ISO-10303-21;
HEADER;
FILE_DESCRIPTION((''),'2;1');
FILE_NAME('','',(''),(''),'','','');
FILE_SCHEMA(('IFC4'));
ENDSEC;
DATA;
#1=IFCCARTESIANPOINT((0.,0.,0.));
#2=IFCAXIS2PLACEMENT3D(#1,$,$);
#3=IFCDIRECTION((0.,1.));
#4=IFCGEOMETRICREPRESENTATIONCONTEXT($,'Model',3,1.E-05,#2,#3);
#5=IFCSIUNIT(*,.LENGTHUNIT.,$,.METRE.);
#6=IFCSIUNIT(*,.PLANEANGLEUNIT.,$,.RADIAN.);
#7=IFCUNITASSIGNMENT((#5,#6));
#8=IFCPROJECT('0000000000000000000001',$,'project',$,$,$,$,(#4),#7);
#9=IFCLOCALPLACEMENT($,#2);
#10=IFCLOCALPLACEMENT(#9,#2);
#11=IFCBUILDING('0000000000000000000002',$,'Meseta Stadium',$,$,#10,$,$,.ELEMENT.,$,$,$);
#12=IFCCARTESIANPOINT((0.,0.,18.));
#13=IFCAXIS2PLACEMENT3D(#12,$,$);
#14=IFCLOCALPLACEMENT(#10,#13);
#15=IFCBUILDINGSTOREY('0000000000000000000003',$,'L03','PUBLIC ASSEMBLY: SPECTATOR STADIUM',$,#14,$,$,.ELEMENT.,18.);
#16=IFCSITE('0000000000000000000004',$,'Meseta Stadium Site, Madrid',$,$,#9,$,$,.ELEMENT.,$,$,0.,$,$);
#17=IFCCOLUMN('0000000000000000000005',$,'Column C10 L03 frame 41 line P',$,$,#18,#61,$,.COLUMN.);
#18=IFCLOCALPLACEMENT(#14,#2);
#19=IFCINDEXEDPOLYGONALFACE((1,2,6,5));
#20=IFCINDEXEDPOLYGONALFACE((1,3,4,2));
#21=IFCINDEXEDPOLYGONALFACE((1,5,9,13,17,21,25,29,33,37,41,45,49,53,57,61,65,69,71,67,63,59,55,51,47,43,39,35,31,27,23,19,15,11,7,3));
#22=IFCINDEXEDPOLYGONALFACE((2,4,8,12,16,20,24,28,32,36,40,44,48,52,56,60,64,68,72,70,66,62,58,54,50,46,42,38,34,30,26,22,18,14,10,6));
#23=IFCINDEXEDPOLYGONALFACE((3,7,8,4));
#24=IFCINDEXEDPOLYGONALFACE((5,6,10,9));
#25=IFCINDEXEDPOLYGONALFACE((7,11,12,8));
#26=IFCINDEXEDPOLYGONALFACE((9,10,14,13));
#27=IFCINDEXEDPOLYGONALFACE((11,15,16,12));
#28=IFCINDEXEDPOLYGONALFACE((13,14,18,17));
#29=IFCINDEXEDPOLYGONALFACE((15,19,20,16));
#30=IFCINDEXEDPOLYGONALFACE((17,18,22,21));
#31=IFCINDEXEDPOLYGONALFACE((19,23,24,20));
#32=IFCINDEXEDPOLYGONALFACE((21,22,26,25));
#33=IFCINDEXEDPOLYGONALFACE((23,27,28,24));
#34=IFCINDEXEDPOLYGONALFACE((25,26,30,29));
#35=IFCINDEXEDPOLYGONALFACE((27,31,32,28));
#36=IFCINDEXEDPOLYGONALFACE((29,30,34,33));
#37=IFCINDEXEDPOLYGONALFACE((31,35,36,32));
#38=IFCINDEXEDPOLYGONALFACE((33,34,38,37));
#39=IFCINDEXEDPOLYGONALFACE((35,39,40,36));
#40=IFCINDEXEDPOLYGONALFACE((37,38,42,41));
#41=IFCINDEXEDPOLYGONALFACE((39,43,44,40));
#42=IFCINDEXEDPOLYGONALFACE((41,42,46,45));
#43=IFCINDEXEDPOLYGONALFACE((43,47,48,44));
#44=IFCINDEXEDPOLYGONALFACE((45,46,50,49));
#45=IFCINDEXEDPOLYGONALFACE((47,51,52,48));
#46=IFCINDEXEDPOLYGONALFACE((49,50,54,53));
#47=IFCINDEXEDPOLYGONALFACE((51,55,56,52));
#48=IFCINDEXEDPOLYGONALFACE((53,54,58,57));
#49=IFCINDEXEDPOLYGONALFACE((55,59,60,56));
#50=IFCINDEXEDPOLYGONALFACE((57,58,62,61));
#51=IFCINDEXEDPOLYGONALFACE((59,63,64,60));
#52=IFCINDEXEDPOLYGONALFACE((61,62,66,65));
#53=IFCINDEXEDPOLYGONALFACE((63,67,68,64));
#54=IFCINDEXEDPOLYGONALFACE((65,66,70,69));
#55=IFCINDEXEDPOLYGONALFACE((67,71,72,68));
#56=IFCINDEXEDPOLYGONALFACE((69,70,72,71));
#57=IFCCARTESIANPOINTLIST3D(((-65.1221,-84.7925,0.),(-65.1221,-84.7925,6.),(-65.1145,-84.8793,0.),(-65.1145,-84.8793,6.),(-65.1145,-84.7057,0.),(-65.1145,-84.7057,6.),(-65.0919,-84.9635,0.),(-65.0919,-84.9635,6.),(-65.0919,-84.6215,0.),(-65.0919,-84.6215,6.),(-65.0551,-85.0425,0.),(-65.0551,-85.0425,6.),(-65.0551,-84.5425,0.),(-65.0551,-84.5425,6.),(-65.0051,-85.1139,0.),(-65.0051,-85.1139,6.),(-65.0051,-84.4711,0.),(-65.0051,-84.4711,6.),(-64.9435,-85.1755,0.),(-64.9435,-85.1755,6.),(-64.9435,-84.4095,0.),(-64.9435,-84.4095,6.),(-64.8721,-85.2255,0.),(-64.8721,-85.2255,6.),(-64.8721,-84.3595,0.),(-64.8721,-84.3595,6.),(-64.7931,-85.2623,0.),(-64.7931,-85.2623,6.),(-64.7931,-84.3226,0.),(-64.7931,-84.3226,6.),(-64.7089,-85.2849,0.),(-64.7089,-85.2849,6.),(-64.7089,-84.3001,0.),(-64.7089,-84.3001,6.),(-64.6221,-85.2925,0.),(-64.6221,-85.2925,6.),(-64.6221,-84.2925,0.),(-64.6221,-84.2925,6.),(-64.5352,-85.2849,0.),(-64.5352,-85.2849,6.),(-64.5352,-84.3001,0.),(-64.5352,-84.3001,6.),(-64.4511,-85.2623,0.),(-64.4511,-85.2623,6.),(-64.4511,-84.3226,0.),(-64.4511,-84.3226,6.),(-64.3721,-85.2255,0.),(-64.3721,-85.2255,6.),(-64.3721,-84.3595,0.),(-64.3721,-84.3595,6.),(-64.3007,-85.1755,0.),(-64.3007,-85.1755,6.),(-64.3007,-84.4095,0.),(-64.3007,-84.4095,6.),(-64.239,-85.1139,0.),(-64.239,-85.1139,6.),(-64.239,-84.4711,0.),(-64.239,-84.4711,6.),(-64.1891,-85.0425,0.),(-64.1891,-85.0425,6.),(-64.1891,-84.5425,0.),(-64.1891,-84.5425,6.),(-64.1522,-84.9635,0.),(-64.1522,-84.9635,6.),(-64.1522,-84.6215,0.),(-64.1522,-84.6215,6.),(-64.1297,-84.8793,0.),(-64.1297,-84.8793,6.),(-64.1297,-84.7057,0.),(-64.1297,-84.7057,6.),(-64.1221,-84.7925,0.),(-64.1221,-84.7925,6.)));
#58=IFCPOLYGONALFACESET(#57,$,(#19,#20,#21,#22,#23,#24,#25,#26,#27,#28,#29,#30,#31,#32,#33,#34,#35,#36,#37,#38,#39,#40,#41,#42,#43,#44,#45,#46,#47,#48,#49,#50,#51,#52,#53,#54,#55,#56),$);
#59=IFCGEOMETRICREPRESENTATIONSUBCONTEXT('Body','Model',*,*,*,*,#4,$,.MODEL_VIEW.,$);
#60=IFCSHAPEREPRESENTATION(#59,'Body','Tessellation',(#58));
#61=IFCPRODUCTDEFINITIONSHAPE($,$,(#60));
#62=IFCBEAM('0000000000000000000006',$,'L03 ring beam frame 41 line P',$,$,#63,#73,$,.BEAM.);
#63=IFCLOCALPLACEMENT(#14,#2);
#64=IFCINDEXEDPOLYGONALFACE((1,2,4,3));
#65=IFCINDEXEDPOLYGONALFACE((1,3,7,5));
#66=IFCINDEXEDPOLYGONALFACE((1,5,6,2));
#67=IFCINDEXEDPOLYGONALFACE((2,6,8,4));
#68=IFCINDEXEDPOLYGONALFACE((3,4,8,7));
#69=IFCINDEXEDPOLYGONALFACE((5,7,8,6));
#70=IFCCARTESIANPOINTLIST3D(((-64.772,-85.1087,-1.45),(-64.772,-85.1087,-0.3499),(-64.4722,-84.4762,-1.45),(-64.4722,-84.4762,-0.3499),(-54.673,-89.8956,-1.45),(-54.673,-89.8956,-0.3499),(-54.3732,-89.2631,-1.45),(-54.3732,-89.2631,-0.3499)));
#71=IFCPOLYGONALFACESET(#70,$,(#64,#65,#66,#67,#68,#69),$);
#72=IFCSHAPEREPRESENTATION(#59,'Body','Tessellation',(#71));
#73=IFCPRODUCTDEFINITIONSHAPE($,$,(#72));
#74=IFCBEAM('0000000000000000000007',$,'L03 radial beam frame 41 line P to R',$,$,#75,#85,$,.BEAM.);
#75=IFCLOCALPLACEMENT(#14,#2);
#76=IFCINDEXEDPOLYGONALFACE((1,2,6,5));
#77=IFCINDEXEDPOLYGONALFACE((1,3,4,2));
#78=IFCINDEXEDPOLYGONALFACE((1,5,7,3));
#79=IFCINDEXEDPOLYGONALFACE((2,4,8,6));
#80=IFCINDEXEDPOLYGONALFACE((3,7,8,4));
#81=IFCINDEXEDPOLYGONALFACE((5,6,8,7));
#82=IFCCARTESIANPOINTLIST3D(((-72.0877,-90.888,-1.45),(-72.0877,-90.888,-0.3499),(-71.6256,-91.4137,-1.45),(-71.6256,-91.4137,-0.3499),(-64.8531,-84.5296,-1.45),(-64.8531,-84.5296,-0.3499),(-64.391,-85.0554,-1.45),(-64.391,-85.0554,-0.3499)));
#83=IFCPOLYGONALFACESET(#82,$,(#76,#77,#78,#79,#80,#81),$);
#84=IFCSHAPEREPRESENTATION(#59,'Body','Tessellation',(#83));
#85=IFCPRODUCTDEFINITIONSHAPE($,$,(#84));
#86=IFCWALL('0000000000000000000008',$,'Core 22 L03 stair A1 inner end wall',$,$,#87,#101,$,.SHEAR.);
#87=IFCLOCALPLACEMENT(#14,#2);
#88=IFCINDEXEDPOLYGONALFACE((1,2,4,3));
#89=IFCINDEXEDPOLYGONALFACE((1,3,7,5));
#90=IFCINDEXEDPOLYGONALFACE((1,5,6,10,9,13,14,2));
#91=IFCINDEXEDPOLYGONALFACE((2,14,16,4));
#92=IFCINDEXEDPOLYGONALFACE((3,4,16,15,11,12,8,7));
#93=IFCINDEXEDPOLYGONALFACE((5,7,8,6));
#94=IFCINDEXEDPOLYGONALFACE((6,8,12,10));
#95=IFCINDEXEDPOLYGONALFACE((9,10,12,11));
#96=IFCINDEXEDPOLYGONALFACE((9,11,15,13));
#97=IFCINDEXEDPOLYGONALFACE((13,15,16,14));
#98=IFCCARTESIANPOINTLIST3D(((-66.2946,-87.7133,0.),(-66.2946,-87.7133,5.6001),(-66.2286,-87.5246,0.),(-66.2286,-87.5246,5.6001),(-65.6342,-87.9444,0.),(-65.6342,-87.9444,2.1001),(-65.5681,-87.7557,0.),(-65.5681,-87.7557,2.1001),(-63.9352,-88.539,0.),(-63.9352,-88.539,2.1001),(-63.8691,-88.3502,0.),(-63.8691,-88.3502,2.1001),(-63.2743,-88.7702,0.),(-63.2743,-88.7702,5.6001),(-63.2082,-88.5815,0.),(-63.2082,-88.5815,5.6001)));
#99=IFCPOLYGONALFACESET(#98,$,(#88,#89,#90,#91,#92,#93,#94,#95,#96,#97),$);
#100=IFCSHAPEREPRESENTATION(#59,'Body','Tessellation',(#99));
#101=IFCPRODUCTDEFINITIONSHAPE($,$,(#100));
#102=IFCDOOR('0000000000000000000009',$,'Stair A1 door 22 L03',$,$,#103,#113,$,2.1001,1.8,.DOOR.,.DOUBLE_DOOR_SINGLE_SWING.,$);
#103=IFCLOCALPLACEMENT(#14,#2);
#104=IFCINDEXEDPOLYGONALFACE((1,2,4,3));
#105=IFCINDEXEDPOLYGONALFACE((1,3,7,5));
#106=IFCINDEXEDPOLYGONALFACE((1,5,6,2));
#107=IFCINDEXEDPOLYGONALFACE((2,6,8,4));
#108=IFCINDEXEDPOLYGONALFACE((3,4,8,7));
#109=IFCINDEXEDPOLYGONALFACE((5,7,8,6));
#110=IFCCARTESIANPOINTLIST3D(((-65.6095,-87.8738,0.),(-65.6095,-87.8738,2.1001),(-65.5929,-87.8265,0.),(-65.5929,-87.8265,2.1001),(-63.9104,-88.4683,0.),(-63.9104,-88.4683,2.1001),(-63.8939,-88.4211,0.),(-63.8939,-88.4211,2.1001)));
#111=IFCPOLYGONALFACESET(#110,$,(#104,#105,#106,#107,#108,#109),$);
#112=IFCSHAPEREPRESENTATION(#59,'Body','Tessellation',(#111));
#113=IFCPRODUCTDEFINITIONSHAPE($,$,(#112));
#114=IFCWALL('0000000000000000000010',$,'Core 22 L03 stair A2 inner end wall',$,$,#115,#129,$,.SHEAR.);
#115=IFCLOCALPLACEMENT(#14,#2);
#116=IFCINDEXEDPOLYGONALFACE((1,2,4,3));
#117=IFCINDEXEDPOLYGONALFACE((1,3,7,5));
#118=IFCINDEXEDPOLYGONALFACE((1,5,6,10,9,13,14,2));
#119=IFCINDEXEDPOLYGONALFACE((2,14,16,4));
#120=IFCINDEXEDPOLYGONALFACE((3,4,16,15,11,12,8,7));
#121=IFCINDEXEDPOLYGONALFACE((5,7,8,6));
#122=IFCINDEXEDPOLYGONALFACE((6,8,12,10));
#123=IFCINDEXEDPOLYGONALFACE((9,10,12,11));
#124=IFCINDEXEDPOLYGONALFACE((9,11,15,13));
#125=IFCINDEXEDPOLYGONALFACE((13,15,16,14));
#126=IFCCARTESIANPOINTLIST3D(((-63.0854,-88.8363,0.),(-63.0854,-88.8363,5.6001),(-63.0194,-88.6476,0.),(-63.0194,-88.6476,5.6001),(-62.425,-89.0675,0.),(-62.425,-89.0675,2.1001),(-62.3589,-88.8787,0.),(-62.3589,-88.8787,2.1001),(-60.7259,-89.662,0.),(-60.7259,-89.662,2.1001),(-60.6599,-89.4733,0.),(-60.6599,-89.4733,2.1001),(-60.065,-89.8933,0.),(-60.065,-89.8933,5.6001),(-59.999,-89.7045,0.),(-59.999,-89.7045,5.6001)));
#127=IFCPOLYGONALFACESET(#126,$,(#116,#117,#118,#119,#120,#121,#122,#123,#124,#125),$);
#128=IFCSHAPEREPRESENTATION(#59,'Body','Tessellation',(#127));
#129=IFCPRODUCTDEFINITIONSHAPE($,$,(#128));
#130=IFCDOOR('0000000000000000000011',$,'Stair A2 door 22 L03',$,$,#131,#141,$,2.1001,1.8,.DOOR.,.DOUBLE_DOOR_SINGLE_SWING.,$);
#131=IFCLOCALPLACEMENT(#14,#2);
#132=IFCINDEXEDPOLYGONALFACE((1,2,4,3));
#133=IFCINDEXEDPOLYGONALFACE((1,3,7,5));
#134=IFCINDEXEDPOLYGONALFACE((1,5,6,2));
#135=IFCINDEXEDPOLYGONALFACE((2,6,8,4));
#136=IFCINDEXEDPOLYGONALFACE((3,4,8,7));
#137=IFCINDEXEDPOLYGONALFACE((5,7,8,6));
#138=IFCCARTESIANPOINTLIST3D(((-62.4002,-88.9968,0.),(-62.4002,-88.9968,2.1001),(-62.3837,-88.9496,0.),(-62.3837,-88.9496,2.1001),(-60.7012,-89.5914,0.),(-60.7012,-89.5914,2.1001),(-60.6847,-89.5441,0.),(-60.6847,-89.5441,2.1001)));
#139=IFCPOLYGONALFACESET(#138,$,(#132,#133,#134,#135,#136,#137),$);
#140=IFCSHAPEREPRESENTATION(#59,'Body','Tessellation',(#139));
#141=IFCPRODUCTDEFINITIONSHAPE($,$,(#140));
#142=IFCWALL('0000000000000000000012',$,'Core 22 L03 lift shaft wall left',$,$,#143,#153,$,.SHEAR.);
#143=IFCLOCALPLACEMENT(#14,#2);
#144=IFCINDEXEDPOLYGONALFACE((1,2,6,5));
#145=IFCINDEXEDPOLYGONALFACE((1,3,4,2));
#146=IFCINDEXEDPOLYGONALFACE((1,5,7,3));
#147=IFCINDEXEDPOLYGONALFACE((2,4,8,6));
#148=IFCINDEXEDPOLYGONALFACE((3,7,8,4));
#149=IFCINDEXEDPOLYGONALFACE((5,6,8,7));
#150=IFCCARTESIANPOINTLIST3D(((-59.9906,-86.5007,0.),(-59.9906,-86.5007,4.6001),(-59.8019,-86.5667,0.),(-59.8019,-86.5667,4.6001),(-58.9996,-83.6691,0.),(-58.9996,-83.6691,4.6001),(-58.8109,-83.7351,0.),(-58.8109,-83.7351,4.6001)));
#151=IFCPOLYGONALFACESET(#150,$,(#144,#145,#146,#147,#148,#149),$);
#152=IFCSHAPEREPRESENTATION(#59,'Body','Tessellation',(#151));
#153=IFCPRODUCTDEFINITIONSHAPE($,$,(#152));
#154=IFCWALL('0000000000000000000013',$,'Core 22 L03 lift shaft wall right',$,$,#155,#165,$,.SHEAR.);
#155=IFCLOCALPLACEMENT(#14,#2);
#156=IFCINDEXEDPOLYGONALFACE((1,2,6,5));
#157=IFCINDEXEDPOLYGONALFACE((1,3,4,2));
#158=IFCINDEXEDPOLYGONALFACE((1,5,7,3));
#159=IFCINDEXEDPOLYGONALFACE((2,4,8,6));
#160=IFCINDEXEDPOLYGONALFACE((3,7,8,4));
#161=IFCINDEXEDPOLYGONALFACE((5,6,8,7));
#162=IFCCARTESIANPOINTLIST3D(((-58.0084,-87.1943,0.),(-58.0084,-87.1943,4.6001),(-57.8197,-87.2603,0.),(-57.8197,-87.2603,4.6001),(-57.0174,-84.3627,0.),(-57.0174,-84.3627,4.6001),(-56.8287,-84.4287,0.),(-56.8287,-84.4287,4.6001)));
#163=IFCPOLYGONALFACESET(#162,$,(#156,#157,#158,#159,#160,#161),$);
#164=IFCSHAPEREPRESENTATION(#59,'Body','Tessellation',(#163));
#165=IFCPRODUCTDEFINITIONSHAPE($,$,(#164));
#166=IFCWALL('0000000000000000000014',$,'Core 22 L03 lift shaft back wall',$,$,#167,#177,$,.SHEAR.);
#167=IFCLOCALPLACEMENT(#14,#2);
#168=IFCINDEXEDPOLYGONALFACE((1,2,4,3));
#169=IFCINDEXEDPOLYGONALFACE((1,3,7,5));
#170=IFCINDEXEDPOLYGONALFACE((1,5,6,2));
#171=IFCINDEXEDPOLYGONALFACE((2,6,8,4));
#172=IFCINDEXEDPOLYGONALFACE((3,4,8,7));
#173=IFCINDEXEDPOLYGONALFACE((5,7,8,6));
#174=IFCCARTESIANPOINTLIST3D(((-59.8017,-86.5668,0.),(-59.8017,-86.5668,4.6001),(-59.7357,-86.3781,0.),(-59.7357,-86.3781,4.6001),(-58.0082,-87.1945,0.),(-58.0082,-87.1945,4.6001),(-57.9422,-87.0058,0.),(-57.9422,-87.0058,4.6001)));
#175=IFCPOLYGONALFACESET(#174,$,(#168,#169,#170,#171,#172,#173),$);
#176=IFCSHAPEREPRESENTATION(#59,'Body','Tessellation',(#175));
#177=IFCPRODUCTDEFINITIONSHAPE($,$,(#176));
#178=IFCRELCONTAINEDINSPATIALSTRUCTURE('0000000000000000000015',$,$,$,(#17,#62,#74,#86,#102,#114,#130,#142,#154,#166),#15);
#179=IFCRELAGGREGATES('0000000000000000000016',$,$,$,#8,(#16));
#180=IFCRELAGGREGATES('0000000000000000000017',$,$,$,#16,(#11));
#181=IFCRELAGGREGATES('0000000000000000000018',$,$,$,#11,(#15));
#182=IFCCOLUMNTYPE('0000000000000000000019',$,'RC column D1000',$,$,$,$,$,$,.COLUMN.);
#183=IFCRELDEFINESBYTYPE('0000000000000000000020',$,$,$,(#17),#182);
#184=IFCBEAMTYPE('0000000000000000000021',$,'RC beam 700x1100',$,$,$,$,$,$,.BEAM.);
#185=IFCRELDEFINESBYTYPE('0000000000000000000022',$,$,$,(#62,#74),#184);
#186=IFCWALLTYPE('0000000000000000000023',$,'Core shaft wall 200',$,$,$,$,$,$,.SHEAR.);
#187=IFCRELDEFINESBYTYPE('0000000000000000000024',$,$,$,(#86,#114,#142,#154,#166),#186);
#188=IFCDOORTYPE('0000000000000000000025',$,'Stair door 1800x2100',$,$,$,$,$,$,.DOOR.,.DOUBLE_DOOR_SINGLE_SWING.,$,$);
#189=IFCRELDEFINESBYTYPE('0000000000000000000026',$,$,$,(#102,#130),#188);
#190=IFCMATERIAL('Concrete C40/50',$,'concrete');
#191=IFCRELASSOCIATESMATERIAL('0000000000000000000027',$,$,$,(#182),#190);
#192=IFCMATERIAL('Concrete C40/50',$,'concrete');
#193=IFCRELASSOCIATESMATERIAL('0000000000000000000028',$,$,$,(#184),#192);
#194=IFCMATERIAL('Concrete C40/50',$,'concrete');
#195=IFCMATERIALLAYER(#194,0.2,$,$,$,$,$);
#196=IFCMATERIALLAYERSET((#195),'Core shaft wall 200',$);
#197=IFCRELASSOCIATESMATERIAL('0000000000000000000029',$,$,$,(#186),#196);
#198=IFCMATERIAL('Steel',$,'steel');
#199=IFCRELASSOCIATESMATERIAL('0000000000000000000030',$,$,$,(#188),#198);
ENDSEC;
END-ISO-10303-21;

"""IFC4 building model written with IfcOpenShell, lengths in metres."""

from ifc_helpers import new_model, si_unit, direction, frame, frame_2d, origin, origin_2d, place, context, subcontext, project, spatial, rectangle, circle, extrude, material, layer, layer_set, material_profile, profile_set, type_object, element, fill, save


model = new_model("IFC4")

# Units and contexts
model_context = context("Model", 3, precision=1e-05, world=origin(), true_north=direction((0.0, 1.0)))
body_context = subcontext(model_context, "Body", "Model", "MODEL_VIEW")
ifc_project = project(units=[si_unit("LENGTHUNIT", "METRE"), si_unit("PLANEANGLEUNIT", "RADIAN")], contexts=[model_context])

# Site, building, storey
site_placement = place(None, origin())
site = spatial("IfcSite", under=ifc_project, at=site_placement, Name="Meseta Stadium Site, Madrid", CompositionType="ELEMENT", RefElevation=0.0)
building_placement = place(site_placement, origin())
building = spatial("IfcBuilding", under=site, at=building_placement, Name="Meseta Stadium", CompositionType="ELEMENT")
storey_placement = place(building_placement, frame((0.0, 0.0, 18.0)))
storey = spatial("IfcBuildingStorey", under=building, at=storey_placement, Name="L03", Description="PUBLIC ASSEMBLY: SPECTATOR STADIUM", CompositionType="ELEMENT", Elevation=18.0)

# Column
ifc_material_1 = material(Name="Concrete C40/50", Category="concrete")
ifc_material_profile_1 = material_profile(ifc_material_1, circle(Radius=0.5, at=origin_2d()), Name="RC D1000")
ifc_profile_set_1 = profile_set([ifc_material_profile_1], Name="Concrete C40/50")
column_type = type_object("IfcColumnType", Name="RC column D1000", PredefinedType="COLUMN", material=ifc_profile_set_1)
column_placement = place(storey_placement, frame((-64.6221, -84.7925, 0.0), z_axis=(0.0, 0.0, 1.0), x_axis=(1.0, 0.0, 0.0)))
element("IfcColumn", 1, at=column_placement, inside=storey, type_object=column_type, Name="Column C10 L03 frame 41 line P", PredefinedType="COLUMN", context=body_context, shape_type="SweptSolid", body=[
    extrude(circle(Radius=0.5, at=origin_2d()), origin(), (0.0, 0.0, 1.0), 6.0),
])

# Beams
ifc_material_2 = material(Name="Concrete C40/50", Category="concrete")
ifc_material_profile_2 = material_profile(ifc_material_2, rectangle(XDim=0.7, YDim=1.1001, at=origin_2d()), Name="RC 700x1100")
ifc_profile_set_2 = profile_set([ifc_material_profile_2], Name="Concrete C40/50")
beam_type = type_object("IfcBeamType", Name="RC beam 700x1100", PredefinedType="BEAM", material=ifc_profile_set_2)
beam_1_placement = place(storey_placement, frame((-64.6221, -84.7925, -0.8999), z_axis=(0.903627, -0.428319, 0.0), x_axis=(0.428319, 0.903627, 0.0)))
element("IfcBeam", 2, at=beam_1_placement, inside=storey, type_object=beam_type, Name="L03 ring beam frame 41 line P", PredefinedType="BEAM", context=body_context, shape_type="SweptSolid", body=[
    extrude(rectangle(XDim=0.7, YDim=1.1001, at=origin_2d()), origin(), (0.0, 0.0, 1.0), 11.176),
])
beam_2_placement = place(storey_placement, frame((-64.6221, -84.7925, -0.8999), z_axis=(-0.751129, -0.660156, 0.0), x_axis=(0.660156, -0.751129, 0.0)))
element("IfcBeam", 3, at=beam_2_placement, inside=storey, type_object=beam_type, Name="L03 radial beam frame 41 line P to R", PredefinedType="BEAM", context=body_context, shape_type="SweptSolid", body=[
    extrude(rectangle(XDim=0.7, YDim=1.1001, at=origin_2d()), origin(), (0.0, 0.0, 1.0), 9.6316),
])

# Walls, openings, doors
ifc_material_3 = material(Name="Concrete C40/50", Category="concrete")
ifc_layer_1 = layer(ifc_material_3, 0.2)
ifc_layer_set_1 = layer_set([ifc_layer_1], Name="Core shaft wall 200")
wall_type_1 = type_object("IfcWallType", Name="Core shaft wall 200", PredefinedType="SHEAR", material=ifc_layer_set_1)
wall_1_placement = place(storey_placement, frame((-66.2617, -87.6189, 0.0), z_axis=(0.0, 0.0, 1.0), x_axis=(0.943879, -0.330293, 0.0)))
wall_1 = element("IfcWall", 4, at=wall_1_placement, inside=storey, type_object=wall_type_1, Name="Core 22 L03 stair A1 inner end wall", PredefinedType="SHEAR", context=body_context, shape_type="SweptSolid", body=[
    extrude(rectangle(XDim=3.2, YDim=0.2, at=frame_2d((1.6001, 0.0))), origin(), (0.0, 0.0, 1.0), 5.6001),
])
opening_1_placement = place(wall_1_placement, frame((0.7, 0.0, 0.0)))
opening_1 = element("IfcOpeningElement", 5, at=opening_1_placement, cuts=wall_1, PredefinedType="OPENING", context=body_context, shape_type="SweptSolid", body=[
    extrude(rectangle(XDim=1.8, YDim=2.1001, at=frame_2d((0.8999, 1.05))), frame((0.0, 0.1099, 0.0), z_axis=(0.0, -1.0, 0.0), x_axis=(1.0, 0.0, 0.0)), (0.0, 0.0, 1.0), 0.22),
])
ifc_material_4 = material(Name="Steel", Category="steel")
door_type_1 = type_object("IfcDoorType", Name="Stair door 1800x2100", OperationType="DOUBLE_DOOR_SINGLE_SWING", PredefinedType="DOOR", material=ifc_material_4)
door_1_placement = place(opening_1_placement, origin())
door_1 = element("IfcDoor", 6, at=door_1_placement, inside=storey, type_object=door_type_1, Name="Stair A1 door 22 L03", OperationType="DOUBLE_DOOR_SINGLE_SWING", OverallHeight=2.1001, OverallWidth=1.8, PredefinedType="DOOR", context=body_context, shape_type="SweptSolid", body=[
    extrude(rectangle(XDim=1.8, YDim=2.1001, at=frame_2d((0.8999, 1.05))), frame((0.0, 0.0249, 0.0), z_axis=(0.0, -1.0, 0.0), x_axis=(1.0, 0.0, 0.0)), (0.0, 0.0, 1.0), 0.05),
])
fill(opening_1, door_1)
wall_2_placement = place(storey_placement, frame((-63.0525, -88.7419, 0.0), z_axis=(0.0, 0.0, 1.0), x_axis=(0.943879, -0.330293, 0.0)))
wall_2 = element("IfcWall", 7, at=wall_2_placement, inside=storey, type_object=wall_type_1, Name="Core 22 L03 stair A2 inner end wall", PredefinedType="SHEAR", context=body_context, shape_type="SweptSolid", body=[
    extrude(rectangle(XDim=3.2, YDim=0.2, at=frame_2d((1.6001, 0.0))), origin(), (0.0, 0.0, 1.0), 5.6001),
])
opening_2_placement = place(wall_2_placement, frame((0.7, 0.0, 0.0)))
opening_2 = element("IfcOpeningElement", 8, at=opening_2_placement, cuts=wall_2, PredefinedType="OPENING", context=body_context, shape_type="SweptSolid", body=[
    extrude(rectangle(XDim=1.8, YDim=2.1001, at=frame_2d((0.8999, 1.05))), frame((0.0, 0.1099, 0.0), z_axis=(0.0, -1.0, 0.0), x_axis=(1.0, 0.0, 0.0)), (0.0, 0.0, 1.0), 0.22),
])
door_2_placement = place(opening_2_placement, origin())
door_2 = element("IfcDoor", 9, at=door_2_placement, inside=storey, type_object=door_type_1, Name="Stair A2 door 22 L03", OperationType="DOUBLE_DOOR_SINGLE_SWING", OverallHeight=2.1001, OverallWidth=1.8, PredefinedType="DOOR", context=body_context, shape_type="SweptSolid", body=[
    extrude(rectangle(XDim=1.8, YDim=2.1001, at=frame_2d((0.8999, 1.05))), frame((0.0, 0.0249, 0.0), z_axis=(0.0, -1.0, 0.0), x_axis=(1.0, 0.0, 0.0)), (0.0, 0.0, 1.0), 0.05),
])
fill(opening_2, door_2)

# Walls
for number, where, z_axis, x_axis, name in (
    (10, (-59.8962, -86.5337, 0.0), (0.0, 0.0, 1.0), (0.330329, 0.943866, 0.0), "Core 22 L03 lift shaft wall left"),
    (11, (-57.9141, -87.2273, 0.0), (0.0, 0.0, 1.0), (0.330329, 0.943866, 0.0), "Core 22 L03 lift shaft wall right"),
):
    element("IfcWall", number, at=place(storey_placement, frame(where, z_axis=z_axis, x_axis=x_axis)), inside=storey, type_object=wall_type_1, Name=name, PredefinedType="SHEAR", context=body_context, shape_type="SweptSolid", body=[
        extrude(rectangle(XDim=3.0, YDim=0.2, at=frame_2d((1.5, 0.0))), origin(), (0.0, 0.0, 1.0), 4.6001),
    ])
wall_3_placement = place(storey_placement, frame((-59.7688, -86.4724, 0.0), z_axis=(0.0, 0.0, 1.0), x_axis=(0.943862, -0.330339, 0.0)))
element("IfcWall", 12, at=wall_3_placement, inside=storey, type_object=wall_type_1, Name="Core 22 L03 lift shaft back wall", PredefinedType="SHEAR", context=body_context, shape_type="SweptSolid", body=[
    extrude(rectangle(XDim=1.9001, YDim=0.2, at=frame_2d((0.9502, 0.0))), origin(), (0.0, 0.0, 1.0), 4.6001),
])

save(model, "model.ifc")
